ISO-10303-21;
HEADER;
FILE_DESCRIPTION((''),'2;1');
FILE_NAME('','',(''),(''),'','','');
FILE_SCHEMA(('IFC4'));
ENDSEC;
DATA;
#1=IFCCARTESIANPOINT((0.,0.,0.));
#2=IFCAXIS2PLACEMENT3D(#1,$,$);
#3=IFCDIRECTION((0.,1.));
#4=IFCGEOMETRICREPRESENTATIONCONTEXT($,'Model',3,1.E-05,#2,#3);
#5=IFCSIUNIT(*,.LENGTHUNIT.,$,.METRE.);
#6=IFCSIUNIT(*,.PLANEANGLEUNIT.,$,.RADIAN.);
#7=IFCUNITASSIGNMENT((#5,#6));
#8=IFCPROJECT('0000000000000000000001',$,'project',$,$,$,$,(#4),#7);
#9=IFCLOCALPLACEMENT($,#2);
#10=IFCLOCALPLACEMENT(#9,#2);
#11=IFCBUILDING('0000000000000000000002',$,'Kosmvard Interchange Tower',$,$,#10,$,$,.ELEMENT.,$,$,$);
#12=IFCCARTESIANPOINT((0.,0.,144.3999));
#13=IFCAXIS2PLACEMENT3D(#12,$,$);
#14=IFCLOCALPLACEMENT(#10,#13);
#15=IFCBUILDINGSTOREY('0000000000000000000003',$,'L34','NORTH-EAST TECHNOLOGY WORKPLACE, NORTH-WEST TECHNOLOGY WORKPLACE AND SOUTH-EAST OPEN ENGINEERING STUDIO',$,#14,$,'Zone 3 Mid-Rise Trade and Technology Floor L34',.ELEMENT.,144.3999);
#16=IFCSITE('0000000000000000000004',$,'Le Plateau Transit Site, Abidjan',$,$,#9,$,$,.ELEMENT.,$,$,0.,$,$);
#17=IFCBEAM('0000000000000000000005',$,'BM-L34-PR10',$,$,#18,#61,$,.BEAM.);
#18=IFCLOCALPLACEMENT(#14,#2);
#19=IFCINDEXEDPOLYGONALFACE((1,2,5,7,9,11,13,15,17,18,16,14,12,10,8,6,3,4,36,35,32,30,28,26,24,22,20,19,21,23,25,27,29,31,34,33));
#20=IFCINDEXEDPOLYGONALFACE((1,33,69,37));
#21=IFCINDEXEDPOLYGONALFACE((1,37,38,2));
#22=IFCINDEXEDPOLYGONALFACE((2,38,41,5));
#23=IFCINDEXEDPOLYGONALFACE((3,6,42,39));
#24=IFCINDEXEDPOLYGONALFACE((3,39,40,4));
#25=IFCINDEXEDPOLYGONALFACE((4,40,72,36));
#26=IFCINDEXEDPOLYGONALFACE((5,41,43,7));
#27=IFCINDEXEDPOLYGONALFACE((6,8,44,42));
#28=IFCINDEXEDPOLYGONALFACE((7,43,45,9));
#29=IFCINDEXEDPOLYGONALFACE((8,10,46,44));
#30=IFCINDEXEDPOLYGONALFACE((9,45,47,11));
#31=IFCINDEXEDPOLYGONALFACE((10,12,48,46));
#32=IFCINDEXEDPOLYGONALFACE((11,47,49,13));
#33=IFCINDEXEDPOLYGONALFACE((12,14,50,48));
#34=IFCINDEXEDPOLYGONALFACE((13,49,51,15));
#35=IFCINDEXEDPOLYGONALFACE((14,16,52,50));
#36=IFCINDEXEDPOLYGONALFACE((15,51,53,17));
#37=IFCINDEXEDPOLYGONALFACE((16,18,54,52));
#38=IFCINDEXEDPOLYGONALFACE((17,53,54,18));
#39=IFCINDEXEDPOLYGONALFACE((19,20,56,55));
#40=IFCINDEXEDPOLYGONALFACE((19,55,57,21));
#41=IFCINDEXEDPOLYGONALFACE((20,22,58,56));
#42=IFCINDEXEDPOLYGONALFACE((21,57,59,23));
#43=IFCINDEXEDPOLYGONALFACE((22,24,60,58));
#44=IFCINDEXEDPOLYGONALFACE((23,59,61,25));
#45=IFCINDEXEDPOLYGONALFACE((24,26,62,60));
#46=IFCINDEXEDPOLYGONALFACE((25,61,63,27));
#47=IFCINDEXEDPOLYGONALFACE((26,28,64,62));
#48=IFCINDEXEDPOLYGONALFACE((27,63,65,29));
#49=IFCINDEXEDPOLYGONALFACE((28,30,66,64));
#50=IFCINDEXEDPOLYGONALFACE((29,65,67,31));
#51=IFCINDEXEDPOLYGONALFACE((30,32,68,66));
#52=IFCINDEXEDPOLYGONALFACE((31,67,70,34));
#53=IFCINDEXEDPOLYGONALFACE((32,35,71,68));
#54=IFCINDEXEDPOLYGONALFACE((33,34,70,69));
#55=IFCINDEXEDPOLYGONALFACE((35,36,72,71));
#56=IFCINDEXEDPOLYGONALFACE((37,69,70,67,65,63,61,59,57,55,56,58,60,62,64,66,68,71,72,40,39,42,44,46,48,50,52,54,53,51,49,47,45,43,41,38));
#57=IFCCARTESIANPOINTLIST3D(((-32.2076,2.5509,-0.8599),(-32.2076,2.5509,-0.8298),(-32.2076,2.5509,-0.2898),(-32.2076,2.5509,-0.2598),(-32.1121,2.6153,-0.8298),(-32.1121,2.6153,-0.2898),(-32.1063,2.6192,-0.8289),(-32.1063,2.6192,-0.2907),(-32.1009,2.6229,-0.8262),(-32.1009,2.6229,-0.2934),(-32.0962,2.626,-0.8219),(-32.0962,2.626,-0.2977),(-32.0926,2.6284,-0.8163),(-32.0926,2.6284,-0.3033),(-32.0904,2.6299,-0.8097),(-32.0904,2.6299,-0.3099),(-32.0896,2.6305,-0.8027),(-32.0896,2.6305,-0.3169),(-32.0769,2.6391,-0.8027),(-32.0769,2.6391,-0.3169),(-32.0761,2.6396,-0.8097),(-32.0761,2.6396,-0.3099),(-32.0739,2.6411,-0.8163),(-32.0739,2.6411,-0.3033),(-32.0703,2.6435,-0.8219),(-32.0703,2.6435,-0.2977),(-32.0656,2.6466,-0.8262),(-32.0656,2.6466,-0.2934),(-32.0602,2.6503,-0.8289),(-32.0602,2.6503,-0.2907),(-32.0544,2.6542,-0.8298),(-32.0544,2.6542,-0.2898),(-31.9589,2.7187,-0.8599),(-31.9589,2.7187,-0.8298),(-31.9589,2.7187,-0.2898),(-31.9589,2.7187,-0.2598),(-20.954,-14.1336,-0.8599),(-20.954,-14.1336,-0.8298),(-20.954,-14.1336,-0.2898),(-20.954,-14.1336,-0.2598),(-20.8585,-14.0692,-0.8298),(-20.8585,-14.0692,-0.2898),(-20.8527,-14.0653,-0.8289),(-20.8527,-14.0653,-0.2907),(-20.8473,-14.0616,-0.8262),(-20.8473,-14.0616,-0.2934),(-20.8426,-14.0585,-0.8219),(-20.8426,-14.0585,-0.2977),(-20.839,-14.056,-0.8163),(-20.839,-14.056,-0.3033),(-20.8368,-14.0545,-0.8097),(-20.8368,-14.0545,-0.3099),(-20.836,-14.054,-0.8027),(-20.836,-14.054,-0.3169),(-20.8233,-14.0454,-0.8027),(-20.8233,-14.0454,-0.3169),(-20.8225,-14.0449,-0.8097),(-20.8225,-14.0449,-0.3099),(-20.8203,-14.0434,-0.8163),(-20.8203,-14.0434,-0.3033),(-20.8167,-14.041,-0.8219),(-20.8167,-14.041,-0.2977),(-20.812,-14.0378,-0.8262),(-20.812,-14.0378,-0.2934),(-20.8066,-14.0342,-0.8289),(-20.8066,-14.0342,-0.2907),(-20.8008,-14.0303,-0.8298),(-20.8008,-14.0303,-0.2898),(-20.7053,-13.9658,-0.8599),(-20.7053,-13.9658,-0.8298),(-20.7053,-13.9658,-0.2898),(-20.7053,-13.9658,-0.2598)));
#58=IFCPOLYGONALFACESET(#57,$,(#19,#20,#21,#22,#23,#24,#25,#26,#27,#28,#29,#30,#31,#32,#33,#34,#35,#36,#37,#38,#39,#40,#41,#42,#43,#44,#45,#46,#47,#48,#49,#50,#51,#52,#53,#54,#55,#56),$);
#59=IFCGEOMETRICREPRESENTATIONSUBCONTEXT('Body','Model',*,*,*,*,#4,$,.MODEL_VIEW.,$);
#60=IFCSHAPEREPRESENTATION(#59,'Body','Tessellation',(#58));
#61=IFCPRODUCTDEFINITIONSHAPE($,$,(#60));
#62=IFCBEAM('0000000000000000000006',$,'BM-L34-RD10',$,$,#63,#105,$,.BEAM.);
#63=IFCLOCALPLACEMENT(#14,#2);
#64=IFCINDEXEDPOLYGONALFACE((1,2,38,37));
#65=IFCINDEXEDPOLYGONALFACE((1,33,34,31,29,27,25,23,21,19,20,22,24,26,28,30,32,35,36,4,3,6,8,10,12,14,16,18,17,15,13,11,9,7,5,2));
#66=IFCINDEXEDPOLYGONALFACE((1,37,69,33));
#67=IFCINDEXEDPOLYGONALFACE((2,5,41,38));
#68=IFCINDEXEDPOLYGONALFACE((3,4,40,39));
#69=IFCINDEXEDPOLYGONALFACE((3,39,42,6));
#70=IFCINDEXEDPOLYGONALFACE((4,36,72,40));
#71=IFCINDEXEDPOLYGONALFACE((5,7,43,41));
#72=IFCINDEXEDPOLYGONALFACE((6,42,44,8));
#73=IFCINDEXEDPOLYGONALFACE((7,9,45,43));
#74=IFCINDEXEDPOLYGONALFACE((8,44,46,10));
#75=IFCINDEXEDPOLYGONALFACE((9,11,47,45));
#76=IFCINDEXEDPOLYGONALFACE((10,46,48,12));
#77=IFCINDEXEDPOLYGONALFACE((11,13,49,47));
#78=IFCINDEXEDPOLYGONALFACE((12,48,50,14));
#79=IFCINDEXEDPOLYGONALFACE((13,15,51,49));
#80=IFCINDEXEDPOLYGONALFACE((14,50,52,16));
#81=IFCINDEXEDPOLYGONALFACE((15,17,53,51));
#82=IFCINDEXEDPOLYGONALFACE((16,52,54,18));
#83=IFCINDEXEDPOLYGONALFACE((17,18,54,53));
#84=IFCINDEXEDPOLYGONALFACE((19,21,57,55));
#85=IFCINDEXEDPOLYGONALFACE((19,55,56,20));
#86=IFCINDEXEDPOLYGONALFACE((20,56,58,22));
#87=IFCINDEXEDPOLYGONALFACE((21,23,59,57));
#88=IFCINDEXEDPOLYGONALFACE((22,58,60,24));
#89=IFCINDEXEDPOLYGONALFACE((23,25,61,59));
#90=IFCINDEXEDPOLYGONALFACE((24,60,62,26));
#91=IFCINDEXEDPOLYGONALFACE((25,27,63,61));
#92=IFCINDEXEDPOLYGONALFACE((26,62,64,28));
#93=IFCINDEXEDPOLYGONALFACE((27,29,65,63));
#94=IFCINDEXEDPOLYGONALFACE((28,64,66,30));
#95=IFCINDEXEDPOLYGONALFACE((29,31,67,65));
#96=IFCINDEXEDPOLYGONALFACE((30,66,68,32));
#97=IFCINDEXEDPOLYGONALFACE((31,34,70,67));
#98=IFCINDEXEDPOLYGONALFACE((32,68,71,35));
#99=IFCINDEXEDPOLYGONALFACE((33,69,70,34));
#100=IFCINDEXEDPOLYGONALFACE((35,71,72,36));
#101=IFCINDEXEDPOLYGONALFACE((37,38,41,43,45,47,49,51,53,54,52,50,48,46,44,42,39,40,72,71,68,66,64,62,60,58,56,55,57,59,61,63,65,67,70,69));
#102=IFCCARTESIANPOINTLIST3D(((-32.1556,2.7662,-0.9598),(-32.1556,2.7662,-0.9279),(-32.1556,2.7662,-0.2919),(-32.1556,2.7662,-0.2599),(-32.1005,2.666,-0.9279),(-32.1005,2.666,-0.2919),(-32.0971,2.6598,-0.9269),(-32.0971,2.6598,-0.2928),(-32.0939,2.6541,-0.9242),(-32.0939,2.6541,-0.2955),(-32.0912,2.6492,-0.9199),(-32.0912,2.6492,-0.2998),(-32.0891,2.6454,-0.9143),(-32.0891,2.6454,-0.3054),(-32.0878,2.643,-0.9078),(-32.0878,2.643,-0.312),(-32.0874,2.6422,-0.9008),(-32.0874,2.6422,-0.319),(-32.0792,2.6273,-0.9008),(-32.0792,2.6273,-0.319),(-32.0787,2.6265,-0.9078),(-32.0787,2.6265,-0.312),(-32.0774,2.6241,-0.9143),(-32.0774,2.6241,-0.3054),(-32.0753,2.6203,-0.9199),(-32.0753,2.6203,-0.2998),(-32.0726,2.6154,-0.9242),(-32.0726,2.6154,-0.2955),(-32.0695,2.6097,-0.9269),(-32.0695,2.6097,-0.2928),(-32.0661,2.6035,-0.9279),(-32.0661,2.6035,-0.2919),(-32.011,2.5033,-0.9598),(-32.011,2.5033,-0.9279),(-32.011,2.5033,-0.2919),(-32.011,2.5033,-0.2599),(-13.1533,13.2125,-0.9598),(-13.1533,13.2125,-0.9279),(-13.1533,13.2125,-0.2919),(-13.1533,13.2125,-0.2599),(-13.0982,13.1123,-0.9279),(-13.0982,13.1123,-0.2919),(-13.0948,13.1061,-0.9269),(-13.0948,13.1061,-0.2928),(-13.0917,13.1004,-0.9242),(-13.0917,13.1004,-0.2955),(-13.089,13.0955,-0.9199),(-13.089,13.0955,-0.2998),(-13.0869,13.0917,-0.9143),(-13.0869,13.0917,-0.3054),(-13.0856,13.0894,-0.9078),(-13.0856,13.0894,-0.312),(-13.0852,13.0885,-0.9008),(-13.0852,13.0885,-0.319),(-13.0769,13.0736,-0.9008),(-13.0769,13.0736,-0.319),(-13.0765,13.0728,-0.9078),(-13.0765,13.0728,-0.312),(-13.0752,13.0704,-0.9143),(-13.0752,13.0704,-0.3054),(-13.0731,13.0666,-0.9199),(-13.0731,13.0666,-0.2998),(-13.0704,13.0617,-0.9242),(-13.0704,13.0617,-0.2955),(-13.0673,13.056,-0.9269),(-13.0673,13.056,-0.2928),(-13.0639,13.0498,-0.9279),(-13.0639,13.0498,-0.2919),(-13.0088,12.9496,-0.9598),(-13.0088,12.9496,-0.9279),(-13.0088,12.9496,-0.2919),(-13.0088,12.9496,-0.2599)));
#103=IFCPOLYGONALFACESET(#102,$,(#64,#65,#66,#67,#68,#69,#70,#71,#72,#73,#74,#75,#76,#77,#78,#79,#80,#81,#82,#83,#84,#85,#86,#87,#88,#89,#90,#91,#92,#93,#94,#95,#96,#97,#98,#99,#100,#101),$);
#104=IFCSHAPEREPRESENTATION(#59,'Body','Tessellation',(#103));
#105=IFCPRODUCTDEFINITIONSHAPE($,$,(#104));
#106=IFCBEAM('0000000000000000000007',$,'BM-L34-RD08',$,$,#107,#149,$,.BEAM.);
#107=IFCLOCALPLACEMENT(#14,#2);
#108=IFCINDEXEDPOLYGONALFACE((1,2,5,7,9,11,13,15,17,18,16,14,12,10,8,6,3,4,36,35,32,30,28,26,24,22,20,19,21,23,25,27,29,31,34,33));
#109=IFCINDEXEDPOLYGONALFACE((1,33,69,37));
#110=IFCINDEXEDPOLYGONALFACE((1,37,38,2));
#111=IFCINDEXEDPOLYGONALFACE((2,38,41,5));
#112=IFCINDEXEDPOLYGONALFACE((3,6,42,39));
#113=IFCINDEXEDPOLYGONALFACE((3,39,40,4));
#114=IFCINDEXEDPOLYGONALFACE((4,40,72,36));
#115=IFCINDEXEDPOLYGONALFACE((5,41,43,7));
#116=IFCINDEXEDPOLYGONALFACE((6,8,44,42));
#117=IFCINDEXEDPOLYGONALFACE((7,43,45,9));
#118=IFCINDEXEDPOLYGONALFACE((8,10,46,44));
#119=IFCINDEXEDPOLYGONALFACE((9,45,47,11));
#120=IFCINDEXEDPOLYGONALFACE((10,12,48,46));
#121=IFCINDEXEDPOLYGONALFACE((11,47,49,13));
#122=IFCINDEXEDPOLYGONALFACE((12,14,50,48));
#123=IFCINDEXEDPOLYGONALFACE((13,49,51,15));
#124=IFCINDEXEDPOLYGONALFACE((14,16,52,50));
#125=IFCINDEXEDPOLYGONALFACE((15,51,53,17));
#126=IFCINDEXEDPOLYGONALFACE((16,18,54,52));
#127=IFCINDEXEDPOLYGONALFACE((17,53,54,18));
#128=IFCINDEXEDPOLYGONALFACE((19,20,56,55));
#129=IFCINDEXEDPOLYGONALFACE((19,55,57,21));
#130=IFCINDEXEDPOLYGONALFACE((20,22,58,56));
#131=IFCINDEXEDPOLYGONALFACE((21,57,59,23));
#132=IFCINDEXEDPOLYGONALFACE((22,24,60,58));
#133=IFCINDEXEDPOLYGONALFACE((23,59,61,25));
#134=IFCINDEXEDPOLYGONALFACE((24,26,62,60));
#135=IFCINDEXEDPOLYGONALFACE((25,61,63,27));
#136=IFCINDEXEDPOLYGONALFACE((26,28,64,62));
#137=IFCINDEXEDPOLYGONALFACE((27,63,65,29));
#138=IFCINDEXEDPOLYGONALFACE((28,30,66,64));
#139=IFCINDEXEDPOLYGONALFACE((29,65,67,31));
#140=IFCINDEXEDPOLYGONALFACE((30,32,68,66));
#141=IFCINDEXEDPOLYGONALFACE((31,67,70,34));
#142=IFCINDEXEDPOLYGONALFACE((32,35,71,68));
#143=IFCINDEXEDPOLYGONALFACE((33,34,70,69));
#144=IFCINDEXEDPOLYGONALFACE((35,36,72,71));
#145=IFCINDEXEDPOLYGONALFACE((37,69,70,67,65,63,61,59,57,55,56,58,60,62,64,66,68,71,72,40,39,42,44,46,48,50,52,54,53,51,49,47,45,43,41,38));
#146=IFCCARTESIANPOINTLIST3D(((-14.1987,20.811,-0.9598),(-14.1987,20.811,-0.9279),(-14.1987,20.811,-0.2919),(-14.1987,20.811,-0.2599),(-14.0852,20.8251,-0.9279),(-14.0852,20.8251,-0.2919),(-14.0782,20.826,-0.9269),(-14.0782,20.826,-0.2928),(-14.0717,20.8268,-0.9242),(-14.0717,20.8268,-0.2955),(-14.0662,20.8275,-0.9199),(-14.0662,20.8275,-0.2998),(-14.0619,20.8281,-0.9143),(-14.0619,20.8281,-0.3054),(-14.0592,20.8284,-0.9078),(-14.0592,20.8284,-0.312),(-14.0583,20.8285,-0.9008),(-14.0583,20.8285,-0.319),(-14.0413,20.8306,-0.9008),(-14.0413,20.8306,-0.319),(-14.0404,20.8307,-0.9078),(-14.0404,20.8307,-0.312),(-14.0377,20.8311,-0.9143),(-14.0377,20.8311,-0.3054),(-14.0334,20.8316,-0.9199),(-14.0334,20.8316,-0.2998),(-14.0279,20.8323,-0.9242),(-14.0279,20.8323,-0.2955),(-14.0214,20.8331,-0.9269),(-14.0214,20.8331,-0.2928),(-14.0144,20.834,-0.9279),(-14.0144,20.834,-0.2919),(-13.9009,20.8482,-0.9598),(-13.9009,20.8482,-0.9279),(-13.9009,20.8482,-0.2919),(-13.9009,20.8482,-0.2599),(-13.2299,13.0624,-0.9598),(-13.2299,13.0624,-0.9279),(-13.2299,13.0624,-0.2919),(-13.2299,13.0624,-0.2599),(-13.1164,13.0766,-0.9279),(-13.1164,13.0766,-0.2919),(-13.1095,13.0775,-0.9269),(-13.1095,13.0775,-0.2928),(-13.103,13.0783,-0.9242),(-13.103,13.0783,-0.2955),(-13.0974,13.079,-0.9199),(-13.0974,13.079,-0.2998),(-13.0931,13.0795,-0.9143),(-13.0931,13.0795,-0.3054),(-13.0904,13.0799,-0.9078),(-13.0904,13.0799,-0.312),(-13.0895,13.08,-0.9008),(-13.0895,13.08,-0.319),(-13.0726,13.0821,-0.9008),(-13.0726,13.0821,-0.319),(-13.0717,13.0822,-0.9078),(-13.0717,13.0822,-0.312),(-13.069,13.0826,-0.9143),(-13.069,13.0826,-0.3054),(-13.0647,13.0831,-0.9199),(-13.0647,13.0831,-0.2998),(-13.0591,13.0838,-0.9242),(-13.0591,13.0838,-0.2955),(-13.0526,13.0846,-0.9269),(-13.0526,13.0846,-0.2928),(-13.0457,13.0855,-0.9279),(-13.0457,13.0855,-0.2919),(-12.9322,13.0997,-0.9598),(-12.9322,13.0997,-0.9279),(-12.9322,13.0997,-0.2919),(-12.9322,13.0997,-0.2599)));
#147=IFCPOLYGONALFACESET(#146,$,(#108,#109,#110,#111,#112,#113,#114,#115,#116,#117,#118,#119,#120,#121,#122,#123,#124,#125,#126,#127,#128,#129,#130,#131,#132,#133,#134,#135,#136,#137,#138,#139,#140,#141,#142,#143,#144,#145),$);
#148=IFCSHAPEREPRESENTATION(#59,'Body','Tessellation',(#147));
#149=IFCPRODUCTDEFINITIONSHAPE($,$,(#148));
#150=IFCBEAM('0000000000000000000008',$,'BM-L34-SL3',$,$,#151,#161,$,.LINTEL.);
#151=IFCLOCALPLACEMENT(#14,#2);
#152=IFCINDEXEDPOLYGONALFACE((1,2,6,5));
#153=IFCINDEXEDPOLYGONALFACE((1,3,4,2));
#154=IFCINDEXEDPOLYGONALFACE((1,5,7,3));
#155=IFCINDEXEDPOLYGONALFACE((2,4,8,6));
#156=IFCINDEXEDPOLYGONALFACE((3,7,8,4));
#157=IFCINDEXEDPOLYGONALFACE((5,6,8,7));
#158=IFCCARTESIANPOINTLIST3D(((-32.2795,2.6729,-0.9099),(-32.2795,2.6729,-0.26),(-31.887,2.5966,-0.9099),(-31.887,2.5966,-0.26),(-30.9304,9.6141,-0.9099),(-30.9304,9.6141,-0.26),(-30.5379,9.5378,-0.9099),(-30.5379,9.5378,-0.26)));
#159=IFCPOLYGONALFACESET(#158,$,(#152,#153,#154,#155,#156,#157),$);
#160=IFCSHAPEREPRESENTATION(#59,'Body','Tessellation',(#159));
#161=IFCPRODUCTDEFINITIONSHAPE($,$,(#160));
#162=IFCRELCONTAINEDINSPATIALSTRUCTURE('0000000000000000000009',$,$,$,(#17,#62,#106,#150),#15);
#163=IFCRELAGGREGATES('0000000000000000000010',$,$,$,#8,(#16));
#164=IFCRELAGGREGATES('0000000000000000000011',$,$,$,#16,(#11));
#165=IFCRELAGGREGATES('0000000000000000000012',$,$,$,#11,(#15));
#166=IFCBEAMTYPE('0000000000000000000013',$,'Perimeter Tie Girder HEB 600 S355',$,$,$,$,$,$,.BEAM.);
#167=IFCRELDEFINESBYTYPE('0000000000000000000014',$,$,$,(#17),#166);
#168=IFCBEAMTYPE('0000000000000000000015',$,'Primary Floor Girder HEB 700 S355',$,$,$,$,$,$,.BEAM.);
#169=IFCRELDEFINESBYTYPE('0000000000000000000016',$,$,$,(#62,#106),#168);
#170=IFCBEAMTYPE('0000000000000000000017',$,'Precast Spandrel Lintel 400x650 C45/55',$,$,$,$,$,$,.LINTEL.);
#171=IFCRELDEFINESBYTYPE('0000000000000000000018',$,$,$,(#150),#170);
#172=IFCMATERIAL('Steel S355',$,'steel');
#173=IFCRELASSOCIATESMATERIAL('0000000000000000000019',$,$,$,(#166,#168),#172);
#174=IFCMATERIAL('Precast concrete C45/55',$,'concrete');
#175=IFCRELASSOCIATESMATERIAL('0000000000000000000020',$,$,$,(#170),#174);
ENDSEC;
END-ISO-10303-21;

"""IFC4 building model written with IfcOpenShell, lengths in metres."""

from ifc_helpers import new_model, si_unit, direction, frame, origin, origin_2d, place, context, subcontext, project, spatial, rectangle, i_section, extrude, source, transform, mapped, material, material_profile, profile_set, type_object, element, save


model = new_model("IFC4")

# Units and contexts
model_context = context("Model", 3, precision=1e-05, world=origin(), true_north=direction((0.0, 1.0)))
body_context = subcontext(model_context, "Body", "Model", "MODEL_VIEW")
ifc_project = project(units=[si_unit("LENGTHUNIT", "METRE"), si_unit("PLANEANGLEUNIT", "RADIAN")], contexts=[model_context])

# Site, building, storey
site_placement = place(None, origin())
site = spatial("IfcSite", under=ifc_project, at=site_placement, Name="Le Plateau Transit Site, Abidjan", CompositionType="ELEMENT", RefElevation=0.0)
building_placement = place(site_placement, origin())
building = spatial("IfcBuilding", under=site, at=building_placement, Name="Kosmvard Interchange Tower", CompositionType="ELEMENT")
storey_placement = place(building_placement, frame((0.0, 0.0, 144.3999)))
storey = spatial("IfcBuildingStorey", under=building, at=storey_placement, Name="L34", Description="NORTH-EAST TECHNOLOGY WORKPLACE, NORTH-WEST TECHNOLOGY WORKPLACE AND SOUTH-EAST OPEN ENGINEERING STUDIO", LongName="Zone 3 Mid-Rise Trade and Technology Floor L34", CompositionType="ELEMENT", Elevation=144.3999)

# Beams
ifc_material_1 = material(Name="Steel S355", Category="steel")
ifc_material_profile_1 = material_profile(ifc_material_1, i_section(OverallWidth=0.3, OverallDepth=0.6001, WebThickness=0.0154, FlangeThickness=0.03, FilletRadius=0.0271, at=origin_2d()), Name="HEB 600")
ifc_profile_set_1 = profile_set([ifc_material_profile_1], Name="Steel S355")
beam_type_1 = type_object("IfcBeamType", Name="Perimeter Tie Girder HEB 600 S355", PredefinedType="BEAM", material=ifc_profile_set_1)
shared_shape_1 = source(origin(), body_context, "Body", "SweptSolid", [
    extrude(i_section(OverallWidth=0.3, OverallDepth=0.6001, WebThickness=0.0154, FlangeThickness=0.03, FilletRadius=0.0271, at=origin_2d()), origin(), (0.0, 0.0, 1.0), 20.125),
])
for number, where, z_axis, x_axis, name in (
    (1, (-32.0833, 2.6348, -0.5598), (0.559185, -0.829043, 0.0), (0.829043, 0.559185, 0.0), "BM-L34-PR10"),
):
    element("IfcBeam", number, at=place(storey_placement, frame(where, z_axis=z_axis, x_axis=x_axis)), inside=storey, type_object=beam_type_1, Name=name, PredefinedType="BEAM", context=body_context, shape_type="MappedRepresentation", body=[
        mapped(shared_shape_1, transform((0.0, 0.0, 0.0), scale=1.0)),
    ])
ifc_material_profile_2 = material_profile(ifc_material_1, i_section(OverallWidth=0.3, OverallDepth=0.7, WebThickness=0.0171, FlangeThickness=0.032, FilletRadius=0.0271, at=origin_2d()), Name="HEB 700")
ifc_profile_set_2 = profile_set([ifc_material_profile_2], Name="Steel S355")
beam_type_2 = type_object("IfcBeamType", Name="Primary Floor Girder HEB 700 S355", PredefinedType="BEAM", material=ifc_profile_set_2)
shared_shape_2 = source(origin(), body_context, "Body", "SweptSolid", [
    extrude(i_section(OverallWidth=0.3, OverallDepth=0.7, WebThickness=0.0171, FlangeThickness=0.032, FilletRadius=0.0271, at=origin_2d()), origin(), (0.0, 0.0, 1.0), 21.6843),
])
beam_1_placement = place(storey_placement, frame((-13.0811, 13.0811, -0.6099), z_axis=(-0.876312, -0.481745, 0.0), x_axis=(0.481745, -0.876312, 0.0)))
element("IfcBeam", 2, at=beam_1_placement, inside=storey, type_object=beam_type_2, Name="BM-L34-RD10", PredefinedType="BEAM", context=body_context, shape_type="MappedRepresentation", body=[
    mapped(shared_shape_2, transform((0.0, 0.0, 0.0), scale=1.0)),
])
shared_shape_3 = source(origin(), body_context, "Body", "SweptSolid", [
    extrude(i_section(OverallWidth=0.3, OverallDepth=0.7, WebThickness=0.0171, FlangeThickness=0.032, FilletRadius=0.0271, at=origin_2d()), origin(), (0.0, 0.0, 1.0), 7.8088),
])
beam_2_placement = place(storey_placement, frame((-13.0811, 13.0811, -0.6099), z_axis=(-0.124058, 0.992275, 0.0), x_axis=(-0.992275, -0.124058, 0.0)))
element("IfcBeam", 3, at=beam_2_placement, inside=storey, type_object=beam_type_2, Name="BM-L34-RD08", PredefinedType="BEAM", context=body_context, shape_type="MappedRepresentation", body=[
    mapped(shared_shape_3, transform((0.0, 0.0, 0.0), scale=1.0)),
])
ifc_material_2 = material(Name="Precast concrete C45/55", Category="concrete")
ifc_material_profile_3 = material_profile(ifc_material_2, rectangle(XDim=0.3999, YDim=0.6499, at=origin_2d()), Name="SL 400x650")
ifc_profile_set_3 = profile_set([ifc_material_profile_3], Name="Precast concrete C45/55")
beam_type_3 = type_object("IfcBeamType", Name="Precast Spandrel Lintel 400x650 C45/55", PredefinedType="LINTEL", material=ifc_profile_set_3)
shared_shape_4 = source(origin(), body_context, "Body", "SweptSolid", [
    extrude(rectangle(XDim=0.3999, YDim=0.6499, at=origin_2d()), origin(), (0.0, 0.0, 1.0), 7.071),
])
beam_3_placement = place(storey_placement, frame((-30.7341, 9.5759, -0.585), z_axis=(-0.190795, -0.98163, 0.0), x_axis=(0.98163, -0.190795, 0.0)))
element("IfcBeam", 4, at=beam_3_placement, inside=storey, type_object=beam_type_3, Name="BM-L34-SL3", PredefinedType="LINTEL", context=body_context, shape_type="MappedRepresentation", body=[
    mapped(shared_shape_4, transform((0.0, 0.0, 0.0), scale=1.0)),
])

save(model, "model.ifc")
